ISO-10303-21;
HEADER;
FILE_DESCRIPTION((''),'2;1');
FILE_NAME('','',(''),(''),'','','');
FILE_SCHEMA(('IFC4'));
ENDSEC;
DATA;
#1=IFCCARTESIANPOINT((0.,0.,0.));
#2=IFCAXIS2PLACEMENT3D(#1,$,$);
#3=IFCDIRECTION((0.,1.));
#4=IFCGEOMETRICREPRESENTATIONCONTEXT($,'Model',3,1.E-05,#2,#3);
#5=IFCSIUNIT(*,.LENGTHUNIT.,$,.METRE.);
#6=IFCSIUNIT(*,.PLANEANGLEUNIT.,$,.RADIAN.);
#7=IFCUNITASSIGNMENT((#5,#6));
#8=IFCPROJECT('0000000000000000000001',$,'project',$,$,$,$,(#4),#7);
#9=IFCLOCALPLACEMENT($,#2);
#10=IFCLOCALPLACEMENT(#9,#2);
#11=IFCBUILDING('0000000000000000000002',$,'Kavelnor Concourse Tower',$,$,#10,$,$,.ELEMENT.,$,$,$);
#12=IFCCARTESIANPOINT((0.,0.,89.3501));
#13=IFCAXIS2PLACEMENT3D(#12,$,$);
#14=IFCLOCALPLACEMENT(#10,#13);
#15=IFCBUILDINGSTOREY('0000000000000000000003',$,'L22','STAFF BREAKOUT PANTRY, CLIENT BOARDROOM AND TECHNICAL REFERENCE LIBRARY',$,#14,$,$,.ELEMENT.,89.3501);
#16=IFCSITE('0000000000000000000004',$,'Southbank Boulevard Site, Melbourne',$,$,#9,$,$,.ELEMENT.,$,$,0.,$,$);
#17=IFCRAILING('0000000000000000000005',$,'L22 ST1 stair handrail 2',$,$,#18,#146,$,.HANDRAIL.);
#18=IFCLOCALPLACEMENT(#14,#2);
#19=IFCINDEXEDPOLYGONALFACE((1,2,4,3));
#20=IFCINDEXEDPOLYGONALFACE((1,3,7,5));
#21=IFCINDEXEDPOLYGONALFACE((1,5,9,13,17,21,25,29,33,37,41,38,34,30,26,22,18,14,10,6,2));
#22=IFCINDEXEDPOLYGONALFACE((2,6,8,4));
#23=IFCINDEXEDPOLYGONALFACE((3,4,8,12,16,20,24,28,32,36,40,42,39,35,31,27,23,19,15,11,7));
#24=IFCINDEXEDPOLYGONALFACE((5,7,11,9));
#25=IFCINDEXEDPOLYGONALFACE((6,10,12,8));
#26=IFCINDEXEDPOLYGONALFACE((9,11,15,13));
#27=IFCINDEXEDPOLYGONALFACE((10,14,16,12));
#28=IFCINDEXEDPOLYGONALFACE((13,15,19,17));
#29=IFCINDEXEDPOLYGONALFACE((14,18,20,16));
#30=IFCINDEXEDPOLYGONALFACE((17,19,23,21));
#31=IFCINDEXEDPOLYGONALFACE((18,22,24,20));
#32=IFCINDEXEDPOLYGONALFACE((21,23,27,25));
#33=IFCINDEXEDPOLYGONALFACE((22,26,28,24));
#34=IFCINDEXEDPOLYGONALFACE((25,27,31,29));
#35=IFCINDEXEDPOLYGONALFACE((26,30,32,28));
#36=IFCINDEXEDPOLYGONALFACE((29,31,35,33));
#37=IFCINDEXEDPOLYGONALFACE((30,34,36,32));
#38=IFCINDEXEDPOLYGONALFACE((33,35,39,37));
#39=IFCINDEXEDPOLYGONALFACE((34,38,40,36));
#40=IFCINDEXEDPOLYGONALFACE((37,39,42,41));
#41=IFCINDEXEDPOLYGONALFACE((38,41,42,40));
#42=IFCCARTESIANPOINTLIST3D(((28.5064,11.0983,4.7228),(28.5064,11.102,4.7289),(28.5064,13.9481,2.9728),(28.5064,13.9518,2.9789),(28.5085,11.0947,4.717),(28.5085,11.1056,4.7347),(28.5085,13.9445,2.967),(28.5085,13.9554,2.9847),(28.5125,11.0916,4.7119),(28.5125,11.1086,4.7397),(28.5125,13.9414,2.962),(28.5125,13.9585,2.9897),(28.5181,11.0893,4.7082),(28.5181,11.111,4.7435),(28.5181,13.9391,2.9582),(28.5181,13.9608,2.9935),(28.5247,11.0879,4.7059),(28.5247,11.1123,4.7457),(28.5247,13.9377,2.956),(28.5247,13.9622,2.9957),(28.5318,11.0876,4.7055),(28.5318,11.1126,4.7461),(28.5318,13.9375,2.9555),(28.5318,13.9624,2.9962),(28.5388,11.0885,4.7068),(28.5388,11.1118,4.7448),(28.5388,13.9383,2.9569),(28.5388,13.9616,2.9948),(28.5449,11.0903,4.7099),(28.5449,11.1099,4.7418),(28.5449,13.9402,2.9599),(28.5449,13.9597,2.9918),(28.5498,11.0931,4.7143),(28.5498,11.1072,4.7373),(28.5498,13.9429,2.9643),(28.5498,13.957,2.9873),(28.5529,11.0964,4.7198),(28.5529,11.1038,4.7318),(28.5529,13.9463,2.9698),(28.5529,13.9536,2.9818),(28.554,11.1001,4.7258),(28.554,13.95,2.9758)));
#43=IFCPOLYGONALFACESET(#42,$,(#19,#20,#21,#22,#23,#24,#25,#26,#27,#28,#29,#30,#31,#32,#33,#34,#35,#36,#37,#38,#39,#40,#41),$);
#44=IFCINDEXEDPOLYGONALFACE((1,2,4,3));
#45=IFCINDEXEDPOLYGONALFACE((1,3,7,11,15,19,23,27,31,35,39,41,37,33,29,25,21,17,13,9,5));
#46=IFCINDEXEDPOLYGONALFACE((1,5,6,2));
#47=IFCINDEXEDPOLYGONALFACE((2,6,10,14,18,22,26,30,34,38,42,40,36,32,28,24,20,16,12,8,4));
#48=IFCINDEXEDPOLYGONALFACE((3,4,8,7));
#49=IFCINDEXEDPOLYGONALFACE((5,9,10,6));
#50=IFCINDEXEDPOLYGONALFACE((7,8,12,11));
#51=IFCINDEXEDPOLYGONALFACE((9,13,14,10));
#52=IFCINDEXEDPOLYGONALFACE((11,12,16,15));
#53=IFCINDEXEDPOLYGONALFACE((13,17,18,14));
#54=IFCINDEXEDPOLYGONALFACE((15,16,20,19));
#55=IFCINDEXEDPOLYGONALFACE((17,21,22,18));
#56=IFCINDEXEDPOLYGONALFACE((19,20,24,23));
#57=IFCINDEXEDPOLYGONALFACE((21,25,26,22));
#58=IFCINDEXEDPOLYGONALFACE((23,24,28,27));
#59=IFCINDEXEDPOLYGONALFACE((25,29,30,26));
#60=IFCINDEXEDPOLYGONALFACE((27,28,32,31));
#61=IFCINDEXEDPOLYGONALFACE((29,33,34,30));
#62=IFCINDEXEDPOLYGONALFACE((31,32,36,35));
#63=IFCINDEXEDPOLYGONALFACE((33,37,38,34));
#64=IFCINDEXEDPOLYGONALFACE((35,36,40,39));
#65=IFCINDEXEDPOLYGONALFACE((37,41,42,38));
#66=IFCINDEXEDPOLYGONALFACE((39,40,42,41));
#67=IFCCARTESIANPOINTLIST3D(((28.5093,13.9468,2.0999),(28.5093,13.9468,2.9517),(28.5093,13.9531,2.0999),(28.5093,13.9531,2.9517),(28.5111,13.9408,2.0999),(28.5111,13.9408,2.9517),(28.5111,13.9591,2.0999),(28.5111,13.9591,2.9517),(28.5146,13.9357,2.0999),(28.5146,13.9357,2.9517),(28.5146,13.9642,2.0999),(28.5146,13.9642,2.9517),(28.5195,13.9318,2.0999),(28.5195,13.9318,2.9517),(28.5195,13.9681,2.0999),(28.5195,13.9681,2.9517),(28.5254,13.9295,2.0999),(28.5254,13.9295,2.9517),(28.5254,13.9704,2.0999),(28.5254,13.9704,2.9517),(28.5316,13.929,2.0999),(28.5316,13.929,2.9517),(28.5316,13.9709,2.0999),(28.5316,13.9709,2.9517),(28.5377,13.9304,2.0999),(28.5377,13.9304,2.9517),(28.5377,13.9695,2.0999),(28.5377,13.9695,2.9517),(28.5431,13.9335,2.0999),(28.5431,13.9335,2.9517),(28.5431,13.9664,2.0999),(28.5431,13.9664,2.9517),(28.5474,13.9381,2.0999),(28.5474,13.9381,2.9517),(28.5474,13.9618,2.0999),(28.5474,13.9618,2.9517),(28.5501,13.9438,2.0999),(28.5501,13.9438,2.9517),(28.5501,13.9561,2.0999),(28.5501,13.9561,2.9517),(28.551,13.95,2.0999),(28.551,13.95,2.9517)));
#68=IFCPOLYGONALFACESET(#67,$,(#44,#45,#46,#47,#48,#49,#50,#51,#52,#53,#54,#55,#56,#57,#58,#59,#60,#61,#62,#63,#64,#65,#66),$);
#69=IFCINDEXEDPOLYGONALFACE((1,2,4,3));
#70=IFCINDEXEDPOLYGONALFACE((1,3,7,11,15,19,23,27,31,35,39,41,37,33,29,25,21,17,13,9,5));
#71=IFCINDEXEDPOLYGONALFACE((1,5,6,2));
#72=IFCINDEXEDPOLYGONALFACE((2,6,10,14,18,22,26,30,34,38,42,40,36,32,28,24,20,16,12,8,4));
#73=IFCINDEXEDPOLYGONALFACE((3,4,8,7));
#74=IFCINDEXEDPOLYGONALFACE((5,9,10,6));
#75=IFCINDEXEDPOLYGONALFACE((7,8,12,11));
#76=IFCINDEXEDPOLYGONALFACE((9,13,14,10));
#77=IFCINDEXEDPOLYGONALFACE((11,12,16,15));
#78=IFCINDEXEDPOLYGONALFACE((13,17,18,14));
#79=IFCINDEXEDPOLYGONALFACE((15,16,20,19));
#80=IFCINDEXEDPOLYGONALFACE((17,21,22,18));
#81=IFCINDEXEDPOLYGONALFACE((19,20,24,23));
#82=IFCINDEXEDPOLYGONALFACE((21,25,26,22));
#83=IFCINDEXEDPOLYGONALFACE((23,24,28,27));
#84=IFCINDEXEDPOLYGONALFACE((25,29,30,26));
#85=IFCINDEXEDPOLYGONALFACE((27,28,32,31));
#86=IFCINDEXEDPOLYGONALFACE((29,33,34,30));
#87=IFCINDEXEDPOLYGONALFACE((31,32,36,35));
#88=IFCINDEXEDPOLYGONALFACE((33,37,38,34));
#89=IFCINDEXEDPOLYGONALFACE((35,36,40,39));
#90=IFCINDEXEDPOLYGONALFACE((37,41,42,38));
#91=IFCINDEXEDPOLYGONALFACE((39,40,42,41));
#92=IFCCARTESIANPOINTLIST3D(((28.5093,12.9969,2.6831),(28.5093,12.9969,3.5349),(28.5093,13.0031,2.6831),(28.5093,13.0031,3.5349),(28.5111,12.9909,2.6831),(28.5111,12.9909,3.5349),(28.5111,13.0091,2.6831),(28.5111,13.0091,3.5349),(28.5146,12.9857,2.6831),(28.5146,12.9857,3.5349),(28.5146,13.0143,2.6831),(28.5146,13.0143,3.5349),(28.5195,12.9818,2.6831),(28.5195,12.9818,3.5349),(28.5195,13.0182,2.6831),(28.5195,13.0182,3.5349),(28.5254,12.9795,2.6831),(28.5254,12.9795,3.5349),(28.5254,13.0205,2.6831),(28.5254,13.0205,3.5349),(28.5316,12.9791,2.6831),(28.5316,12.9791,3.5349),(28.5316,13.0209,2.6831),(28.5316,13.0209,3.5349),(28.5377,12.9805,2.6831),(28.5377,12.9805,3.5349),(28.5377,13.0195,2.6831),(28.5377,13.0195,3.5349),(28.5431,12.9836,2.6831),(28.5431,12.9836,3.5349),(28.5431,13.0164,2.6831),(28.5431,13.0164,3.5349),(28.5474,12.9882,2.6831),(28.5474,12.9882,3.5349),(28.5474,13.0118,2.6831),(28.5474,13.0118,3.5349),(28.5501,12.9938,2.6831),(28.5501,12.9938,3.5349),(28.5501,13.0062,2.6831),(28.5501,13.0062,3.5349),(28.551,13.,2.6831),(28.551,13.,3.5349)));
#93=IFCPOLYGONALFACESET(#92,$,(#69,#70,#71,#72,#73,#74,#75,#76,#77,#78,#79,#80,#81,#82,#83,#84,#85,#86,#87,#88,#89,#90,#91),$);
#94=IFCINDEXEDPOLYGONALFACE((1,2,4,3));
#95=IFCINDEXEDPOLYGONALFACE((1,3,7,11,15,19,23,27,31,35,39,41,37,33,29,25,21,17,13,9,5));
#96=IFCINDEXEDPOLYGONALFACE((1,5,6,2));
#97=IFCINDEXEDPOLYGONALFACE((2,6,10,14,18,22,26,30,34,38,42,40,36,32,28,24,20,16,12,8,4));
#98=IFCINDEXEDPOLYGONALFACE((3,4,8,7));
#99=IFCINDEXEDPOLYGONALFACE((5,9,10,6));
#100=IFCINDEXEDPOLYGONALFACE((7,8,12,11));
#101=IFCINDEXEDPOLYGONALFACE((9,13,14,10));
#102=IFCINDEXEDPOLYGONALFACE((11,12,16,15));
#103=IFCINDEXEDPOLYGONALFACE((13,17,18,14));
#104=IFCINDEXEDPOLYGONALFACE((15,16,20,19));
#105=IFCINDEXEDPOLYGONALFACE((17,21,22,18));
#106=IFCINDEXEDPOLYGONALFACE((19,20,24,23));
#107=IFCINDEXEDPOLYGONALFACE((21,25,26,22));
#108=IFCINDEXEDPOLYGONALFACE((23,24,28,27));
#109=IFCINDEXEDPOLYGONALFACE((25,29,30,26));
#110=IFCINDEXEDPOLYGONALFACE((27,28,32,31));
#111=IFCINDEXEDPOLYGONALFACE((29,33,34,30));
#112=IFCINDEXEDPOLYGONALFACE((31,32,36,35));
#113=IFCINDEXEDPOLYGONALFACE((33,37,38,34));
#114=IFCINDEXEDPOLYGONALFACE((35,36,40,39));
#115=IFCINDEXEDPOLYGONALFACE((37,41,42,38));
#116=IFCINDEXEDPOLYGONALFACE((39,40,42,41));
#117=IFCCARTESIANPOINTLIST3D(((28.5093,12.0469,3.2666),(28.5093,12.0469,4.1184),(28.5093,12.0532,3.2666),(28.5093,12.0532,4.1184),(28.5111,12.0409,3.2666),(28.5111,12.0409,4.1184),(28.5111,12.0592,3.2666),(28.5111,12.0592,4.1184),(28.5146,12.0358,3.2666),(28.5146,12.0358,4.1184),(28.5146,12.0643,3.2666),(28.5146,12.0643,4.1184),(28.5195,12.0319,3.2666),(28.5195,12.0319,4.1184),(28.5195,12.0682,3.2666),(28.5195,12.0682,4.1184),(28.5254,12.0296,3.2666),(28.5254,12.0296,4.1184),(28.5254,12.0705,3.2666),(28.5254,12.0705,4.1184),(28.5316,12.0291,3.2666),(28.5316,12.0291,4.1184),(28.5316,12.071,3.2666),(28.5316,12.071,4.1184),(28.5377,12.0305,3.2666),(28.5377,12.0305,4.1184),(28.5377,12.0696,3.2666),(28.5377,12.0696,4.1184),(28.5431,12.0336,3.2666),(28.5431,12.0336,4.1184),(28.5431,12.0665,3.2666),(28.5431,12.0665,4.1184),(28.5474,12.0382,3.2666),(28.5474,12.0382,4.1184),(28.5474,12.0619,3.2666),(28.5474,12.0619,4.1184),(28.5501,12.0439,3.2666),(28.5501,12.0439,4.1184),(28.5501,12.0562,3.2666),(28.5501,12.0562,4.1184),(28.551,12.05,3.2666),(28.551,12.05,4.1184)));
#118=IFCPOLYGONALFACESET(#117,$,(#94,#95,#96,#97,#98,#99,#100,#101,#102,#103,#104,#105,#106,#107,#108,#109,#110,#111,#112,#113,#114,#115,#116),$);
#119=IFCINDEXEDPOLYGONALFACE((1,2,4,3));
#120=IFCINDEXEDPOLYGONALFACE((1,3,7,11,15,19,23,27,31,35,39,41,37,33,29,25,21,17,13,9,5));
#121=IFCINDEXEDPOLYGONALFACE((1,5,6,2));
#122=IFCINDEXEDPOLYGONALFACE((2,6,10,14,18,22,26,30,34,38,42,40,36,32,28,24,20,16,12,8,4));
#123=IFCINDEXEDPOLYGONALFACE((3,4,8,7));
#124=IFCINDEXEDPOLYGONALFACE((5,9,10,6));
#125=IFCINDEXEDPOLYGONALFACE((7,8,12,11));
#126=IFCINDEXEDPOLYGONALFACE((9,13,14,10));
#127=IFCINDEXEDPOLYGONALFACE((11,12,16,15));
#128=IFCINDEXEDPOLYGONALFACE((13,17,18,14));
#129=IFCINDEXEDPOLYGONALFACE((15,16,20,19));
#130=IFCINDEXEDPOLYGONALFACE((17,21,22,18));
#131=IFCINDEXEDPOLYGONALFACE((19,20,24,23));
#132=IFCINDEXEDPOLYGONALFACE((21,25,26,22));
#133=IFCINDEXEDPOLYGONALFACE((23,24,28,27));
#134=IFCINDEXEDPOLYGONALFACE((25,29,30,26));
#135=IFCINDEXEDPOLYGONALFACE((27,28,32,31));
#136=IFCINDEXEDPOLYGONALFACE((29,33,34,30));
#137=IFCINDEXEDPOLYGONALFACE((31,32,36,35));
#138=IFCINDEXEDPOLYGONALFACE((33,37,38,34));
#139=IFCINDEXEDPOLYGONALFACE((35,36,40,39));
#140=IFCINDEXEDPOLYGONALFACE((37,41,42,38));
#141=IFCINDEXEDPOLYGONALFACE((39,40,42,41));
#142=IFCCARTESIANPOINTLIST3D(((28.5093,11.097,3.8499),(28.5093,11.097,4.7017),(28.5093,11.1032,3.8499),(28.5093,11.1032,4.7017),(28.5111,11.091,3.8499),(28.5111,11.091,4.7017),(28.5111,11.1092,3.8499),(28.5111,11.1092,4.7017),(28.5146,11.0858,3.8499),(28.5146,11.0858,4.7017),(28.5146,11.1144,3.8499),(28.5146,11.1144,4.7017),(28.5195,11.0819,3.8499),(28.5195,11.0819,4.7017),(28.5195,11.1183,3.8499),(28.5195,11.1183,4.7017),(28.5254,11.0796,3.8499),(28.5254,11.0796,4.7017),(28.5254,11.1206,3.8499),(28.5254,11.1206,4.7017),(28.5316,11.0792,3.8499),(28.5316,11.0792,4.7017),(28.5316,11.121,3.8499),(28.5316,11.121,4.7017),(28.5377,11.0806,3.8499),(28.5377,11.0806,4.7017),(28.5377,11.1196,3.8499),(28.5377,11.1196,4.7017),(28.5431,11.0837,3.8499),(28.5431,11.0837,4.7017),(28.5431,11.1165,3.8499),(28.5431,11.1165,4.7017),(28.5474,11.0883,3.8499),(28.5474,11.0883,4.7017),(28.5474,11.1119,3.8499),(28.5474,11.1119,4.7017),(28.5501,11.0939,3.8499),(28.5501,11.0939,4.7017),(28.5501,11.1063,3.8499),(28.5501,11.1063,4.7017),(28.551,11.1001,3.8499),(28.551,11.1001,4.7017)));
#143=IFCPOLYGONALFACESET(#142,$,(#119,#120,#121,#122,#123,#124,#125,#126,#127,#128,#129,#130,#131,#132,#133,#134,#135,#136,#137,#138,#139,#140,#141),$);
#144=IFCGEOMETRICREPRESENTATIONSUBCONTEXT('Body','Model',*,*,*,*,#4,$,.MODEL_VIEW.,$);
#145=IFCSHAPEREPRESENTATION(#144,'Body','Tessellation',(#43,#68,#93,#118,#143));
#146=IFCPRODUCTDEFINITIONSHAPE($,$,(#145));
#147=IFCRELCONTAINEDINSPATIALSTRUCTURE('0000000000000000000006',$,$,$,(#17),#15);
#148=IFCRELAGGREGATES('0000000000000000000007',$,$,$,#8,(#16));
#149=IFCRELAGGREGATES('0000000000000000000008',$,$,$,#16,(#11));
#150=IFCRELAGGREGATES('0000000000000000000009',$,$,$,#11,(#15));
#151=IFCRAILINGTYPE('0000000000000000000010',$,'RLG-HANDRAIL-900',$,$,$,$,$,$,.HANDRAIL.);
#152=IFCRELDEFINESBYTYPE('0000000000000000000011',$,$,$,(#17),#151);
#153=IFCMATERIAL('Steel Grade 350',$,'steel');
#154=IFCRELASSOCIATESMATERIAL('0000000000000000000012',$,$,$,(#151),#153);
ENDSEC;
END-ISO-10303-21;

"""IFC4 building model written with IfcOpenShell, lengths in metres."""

from ifc_helpers import new_model, si_unit, direction, frame, origin, origin_2d, place, context, subcontext, project, spatial, circle, extrude, material, type_object, element, save


model = new_model("IFC4")

# Units and contexts
model_context = context("Model", 3, precision=1e-05, world=origin(), true_north=direction((0.0, 1.0)))
body_context = subcontext(model_context, "Body", "Model", "MODEL_VIEW")
ifc_project = project(units=[si_unit("LENGTHUNIT", "METRE"), si_unit("PLANEANGLEUNIT", "RADIAN")], contexts=[model_context])

# Site, building, storey
site_placement = place(None, origin())
site = spatial("IfcSite", under=ifc_project, at=site_placement, Name="Southbank Boulevard Site, Melbourne", CompositionType="ELEMENT", RefElevation=0.0)
building_placement = place(site_placement, origin())
building = spatial("IfcBuilding", under=site, at=building_placement, Name="Kavelnor Concourse Tower", CompositionType="ELEMENT")
storey_placement = place(building_placement, frame((0.0, 0.0, 89.3501)))
storey = spatial("IfcBuildingStorey", under=building, at=storey_placement, Name="L22", Description="STAFF BREAKOUT PANTRY, CLIENT BOARDROOM AND TECHNICAL REFERENCE LIBRARY", CompositionType="ELEMENT", Elevation=89.3501)

# Shared definitions
ifc_material_1 = material(Name="Steel Grade 350", Category="steel")

# Railing
railing_type_1 = type_object("IfcRailingType", Name="RLG-HANDRAIL-900", PredefinedType="HANDRAIL", material=ifc_material_1)
railing_1_placement = place(storey_placement, frame((28.53, 13.95, 2.0999)))
element("IfcRailing", 1, at=railing_1_placement, inside=storey, type_object=railing_type_1, Name="L22 ST1 stair handrail 2", PredefinedType="HANDRAIL", context=body_context, shape_type="SweptSolid", body=[
    extrude(circle(Radius=0.0239, at=origin_2d()), frame((0.0, 0.0, 0.876), z_axis=(0.0, -0.852159, 0.523283), x_axis=(1.0, 0.0, 0.0)), (0.0, 0.0, 1.0), 3.3442),
    extrude(circle(Radius=0.021, at=origin_2d()), origin(), (0.0, 0.0, 1.0), 0.8518),
    extrude(circle(Radius=0.021, at=origin_2d()), frame((0.0, -0.95, 0.5833)), (0.0, 0.0, 1.0), 0.8518),
    extrude(circle(Radius=0.021, at=origin_2d()), frame((0.0, -1.8999, 1.1667)), (0.0, 0.0, 1.0), 0.8518),
    extrude(circle(Radius=0.021, at=origin_2d()), frame((0.0, -2.8499, 1.75)), (0.0, 0.0, 1.0), 0.8518),
])

save(model, "model.ifc")
